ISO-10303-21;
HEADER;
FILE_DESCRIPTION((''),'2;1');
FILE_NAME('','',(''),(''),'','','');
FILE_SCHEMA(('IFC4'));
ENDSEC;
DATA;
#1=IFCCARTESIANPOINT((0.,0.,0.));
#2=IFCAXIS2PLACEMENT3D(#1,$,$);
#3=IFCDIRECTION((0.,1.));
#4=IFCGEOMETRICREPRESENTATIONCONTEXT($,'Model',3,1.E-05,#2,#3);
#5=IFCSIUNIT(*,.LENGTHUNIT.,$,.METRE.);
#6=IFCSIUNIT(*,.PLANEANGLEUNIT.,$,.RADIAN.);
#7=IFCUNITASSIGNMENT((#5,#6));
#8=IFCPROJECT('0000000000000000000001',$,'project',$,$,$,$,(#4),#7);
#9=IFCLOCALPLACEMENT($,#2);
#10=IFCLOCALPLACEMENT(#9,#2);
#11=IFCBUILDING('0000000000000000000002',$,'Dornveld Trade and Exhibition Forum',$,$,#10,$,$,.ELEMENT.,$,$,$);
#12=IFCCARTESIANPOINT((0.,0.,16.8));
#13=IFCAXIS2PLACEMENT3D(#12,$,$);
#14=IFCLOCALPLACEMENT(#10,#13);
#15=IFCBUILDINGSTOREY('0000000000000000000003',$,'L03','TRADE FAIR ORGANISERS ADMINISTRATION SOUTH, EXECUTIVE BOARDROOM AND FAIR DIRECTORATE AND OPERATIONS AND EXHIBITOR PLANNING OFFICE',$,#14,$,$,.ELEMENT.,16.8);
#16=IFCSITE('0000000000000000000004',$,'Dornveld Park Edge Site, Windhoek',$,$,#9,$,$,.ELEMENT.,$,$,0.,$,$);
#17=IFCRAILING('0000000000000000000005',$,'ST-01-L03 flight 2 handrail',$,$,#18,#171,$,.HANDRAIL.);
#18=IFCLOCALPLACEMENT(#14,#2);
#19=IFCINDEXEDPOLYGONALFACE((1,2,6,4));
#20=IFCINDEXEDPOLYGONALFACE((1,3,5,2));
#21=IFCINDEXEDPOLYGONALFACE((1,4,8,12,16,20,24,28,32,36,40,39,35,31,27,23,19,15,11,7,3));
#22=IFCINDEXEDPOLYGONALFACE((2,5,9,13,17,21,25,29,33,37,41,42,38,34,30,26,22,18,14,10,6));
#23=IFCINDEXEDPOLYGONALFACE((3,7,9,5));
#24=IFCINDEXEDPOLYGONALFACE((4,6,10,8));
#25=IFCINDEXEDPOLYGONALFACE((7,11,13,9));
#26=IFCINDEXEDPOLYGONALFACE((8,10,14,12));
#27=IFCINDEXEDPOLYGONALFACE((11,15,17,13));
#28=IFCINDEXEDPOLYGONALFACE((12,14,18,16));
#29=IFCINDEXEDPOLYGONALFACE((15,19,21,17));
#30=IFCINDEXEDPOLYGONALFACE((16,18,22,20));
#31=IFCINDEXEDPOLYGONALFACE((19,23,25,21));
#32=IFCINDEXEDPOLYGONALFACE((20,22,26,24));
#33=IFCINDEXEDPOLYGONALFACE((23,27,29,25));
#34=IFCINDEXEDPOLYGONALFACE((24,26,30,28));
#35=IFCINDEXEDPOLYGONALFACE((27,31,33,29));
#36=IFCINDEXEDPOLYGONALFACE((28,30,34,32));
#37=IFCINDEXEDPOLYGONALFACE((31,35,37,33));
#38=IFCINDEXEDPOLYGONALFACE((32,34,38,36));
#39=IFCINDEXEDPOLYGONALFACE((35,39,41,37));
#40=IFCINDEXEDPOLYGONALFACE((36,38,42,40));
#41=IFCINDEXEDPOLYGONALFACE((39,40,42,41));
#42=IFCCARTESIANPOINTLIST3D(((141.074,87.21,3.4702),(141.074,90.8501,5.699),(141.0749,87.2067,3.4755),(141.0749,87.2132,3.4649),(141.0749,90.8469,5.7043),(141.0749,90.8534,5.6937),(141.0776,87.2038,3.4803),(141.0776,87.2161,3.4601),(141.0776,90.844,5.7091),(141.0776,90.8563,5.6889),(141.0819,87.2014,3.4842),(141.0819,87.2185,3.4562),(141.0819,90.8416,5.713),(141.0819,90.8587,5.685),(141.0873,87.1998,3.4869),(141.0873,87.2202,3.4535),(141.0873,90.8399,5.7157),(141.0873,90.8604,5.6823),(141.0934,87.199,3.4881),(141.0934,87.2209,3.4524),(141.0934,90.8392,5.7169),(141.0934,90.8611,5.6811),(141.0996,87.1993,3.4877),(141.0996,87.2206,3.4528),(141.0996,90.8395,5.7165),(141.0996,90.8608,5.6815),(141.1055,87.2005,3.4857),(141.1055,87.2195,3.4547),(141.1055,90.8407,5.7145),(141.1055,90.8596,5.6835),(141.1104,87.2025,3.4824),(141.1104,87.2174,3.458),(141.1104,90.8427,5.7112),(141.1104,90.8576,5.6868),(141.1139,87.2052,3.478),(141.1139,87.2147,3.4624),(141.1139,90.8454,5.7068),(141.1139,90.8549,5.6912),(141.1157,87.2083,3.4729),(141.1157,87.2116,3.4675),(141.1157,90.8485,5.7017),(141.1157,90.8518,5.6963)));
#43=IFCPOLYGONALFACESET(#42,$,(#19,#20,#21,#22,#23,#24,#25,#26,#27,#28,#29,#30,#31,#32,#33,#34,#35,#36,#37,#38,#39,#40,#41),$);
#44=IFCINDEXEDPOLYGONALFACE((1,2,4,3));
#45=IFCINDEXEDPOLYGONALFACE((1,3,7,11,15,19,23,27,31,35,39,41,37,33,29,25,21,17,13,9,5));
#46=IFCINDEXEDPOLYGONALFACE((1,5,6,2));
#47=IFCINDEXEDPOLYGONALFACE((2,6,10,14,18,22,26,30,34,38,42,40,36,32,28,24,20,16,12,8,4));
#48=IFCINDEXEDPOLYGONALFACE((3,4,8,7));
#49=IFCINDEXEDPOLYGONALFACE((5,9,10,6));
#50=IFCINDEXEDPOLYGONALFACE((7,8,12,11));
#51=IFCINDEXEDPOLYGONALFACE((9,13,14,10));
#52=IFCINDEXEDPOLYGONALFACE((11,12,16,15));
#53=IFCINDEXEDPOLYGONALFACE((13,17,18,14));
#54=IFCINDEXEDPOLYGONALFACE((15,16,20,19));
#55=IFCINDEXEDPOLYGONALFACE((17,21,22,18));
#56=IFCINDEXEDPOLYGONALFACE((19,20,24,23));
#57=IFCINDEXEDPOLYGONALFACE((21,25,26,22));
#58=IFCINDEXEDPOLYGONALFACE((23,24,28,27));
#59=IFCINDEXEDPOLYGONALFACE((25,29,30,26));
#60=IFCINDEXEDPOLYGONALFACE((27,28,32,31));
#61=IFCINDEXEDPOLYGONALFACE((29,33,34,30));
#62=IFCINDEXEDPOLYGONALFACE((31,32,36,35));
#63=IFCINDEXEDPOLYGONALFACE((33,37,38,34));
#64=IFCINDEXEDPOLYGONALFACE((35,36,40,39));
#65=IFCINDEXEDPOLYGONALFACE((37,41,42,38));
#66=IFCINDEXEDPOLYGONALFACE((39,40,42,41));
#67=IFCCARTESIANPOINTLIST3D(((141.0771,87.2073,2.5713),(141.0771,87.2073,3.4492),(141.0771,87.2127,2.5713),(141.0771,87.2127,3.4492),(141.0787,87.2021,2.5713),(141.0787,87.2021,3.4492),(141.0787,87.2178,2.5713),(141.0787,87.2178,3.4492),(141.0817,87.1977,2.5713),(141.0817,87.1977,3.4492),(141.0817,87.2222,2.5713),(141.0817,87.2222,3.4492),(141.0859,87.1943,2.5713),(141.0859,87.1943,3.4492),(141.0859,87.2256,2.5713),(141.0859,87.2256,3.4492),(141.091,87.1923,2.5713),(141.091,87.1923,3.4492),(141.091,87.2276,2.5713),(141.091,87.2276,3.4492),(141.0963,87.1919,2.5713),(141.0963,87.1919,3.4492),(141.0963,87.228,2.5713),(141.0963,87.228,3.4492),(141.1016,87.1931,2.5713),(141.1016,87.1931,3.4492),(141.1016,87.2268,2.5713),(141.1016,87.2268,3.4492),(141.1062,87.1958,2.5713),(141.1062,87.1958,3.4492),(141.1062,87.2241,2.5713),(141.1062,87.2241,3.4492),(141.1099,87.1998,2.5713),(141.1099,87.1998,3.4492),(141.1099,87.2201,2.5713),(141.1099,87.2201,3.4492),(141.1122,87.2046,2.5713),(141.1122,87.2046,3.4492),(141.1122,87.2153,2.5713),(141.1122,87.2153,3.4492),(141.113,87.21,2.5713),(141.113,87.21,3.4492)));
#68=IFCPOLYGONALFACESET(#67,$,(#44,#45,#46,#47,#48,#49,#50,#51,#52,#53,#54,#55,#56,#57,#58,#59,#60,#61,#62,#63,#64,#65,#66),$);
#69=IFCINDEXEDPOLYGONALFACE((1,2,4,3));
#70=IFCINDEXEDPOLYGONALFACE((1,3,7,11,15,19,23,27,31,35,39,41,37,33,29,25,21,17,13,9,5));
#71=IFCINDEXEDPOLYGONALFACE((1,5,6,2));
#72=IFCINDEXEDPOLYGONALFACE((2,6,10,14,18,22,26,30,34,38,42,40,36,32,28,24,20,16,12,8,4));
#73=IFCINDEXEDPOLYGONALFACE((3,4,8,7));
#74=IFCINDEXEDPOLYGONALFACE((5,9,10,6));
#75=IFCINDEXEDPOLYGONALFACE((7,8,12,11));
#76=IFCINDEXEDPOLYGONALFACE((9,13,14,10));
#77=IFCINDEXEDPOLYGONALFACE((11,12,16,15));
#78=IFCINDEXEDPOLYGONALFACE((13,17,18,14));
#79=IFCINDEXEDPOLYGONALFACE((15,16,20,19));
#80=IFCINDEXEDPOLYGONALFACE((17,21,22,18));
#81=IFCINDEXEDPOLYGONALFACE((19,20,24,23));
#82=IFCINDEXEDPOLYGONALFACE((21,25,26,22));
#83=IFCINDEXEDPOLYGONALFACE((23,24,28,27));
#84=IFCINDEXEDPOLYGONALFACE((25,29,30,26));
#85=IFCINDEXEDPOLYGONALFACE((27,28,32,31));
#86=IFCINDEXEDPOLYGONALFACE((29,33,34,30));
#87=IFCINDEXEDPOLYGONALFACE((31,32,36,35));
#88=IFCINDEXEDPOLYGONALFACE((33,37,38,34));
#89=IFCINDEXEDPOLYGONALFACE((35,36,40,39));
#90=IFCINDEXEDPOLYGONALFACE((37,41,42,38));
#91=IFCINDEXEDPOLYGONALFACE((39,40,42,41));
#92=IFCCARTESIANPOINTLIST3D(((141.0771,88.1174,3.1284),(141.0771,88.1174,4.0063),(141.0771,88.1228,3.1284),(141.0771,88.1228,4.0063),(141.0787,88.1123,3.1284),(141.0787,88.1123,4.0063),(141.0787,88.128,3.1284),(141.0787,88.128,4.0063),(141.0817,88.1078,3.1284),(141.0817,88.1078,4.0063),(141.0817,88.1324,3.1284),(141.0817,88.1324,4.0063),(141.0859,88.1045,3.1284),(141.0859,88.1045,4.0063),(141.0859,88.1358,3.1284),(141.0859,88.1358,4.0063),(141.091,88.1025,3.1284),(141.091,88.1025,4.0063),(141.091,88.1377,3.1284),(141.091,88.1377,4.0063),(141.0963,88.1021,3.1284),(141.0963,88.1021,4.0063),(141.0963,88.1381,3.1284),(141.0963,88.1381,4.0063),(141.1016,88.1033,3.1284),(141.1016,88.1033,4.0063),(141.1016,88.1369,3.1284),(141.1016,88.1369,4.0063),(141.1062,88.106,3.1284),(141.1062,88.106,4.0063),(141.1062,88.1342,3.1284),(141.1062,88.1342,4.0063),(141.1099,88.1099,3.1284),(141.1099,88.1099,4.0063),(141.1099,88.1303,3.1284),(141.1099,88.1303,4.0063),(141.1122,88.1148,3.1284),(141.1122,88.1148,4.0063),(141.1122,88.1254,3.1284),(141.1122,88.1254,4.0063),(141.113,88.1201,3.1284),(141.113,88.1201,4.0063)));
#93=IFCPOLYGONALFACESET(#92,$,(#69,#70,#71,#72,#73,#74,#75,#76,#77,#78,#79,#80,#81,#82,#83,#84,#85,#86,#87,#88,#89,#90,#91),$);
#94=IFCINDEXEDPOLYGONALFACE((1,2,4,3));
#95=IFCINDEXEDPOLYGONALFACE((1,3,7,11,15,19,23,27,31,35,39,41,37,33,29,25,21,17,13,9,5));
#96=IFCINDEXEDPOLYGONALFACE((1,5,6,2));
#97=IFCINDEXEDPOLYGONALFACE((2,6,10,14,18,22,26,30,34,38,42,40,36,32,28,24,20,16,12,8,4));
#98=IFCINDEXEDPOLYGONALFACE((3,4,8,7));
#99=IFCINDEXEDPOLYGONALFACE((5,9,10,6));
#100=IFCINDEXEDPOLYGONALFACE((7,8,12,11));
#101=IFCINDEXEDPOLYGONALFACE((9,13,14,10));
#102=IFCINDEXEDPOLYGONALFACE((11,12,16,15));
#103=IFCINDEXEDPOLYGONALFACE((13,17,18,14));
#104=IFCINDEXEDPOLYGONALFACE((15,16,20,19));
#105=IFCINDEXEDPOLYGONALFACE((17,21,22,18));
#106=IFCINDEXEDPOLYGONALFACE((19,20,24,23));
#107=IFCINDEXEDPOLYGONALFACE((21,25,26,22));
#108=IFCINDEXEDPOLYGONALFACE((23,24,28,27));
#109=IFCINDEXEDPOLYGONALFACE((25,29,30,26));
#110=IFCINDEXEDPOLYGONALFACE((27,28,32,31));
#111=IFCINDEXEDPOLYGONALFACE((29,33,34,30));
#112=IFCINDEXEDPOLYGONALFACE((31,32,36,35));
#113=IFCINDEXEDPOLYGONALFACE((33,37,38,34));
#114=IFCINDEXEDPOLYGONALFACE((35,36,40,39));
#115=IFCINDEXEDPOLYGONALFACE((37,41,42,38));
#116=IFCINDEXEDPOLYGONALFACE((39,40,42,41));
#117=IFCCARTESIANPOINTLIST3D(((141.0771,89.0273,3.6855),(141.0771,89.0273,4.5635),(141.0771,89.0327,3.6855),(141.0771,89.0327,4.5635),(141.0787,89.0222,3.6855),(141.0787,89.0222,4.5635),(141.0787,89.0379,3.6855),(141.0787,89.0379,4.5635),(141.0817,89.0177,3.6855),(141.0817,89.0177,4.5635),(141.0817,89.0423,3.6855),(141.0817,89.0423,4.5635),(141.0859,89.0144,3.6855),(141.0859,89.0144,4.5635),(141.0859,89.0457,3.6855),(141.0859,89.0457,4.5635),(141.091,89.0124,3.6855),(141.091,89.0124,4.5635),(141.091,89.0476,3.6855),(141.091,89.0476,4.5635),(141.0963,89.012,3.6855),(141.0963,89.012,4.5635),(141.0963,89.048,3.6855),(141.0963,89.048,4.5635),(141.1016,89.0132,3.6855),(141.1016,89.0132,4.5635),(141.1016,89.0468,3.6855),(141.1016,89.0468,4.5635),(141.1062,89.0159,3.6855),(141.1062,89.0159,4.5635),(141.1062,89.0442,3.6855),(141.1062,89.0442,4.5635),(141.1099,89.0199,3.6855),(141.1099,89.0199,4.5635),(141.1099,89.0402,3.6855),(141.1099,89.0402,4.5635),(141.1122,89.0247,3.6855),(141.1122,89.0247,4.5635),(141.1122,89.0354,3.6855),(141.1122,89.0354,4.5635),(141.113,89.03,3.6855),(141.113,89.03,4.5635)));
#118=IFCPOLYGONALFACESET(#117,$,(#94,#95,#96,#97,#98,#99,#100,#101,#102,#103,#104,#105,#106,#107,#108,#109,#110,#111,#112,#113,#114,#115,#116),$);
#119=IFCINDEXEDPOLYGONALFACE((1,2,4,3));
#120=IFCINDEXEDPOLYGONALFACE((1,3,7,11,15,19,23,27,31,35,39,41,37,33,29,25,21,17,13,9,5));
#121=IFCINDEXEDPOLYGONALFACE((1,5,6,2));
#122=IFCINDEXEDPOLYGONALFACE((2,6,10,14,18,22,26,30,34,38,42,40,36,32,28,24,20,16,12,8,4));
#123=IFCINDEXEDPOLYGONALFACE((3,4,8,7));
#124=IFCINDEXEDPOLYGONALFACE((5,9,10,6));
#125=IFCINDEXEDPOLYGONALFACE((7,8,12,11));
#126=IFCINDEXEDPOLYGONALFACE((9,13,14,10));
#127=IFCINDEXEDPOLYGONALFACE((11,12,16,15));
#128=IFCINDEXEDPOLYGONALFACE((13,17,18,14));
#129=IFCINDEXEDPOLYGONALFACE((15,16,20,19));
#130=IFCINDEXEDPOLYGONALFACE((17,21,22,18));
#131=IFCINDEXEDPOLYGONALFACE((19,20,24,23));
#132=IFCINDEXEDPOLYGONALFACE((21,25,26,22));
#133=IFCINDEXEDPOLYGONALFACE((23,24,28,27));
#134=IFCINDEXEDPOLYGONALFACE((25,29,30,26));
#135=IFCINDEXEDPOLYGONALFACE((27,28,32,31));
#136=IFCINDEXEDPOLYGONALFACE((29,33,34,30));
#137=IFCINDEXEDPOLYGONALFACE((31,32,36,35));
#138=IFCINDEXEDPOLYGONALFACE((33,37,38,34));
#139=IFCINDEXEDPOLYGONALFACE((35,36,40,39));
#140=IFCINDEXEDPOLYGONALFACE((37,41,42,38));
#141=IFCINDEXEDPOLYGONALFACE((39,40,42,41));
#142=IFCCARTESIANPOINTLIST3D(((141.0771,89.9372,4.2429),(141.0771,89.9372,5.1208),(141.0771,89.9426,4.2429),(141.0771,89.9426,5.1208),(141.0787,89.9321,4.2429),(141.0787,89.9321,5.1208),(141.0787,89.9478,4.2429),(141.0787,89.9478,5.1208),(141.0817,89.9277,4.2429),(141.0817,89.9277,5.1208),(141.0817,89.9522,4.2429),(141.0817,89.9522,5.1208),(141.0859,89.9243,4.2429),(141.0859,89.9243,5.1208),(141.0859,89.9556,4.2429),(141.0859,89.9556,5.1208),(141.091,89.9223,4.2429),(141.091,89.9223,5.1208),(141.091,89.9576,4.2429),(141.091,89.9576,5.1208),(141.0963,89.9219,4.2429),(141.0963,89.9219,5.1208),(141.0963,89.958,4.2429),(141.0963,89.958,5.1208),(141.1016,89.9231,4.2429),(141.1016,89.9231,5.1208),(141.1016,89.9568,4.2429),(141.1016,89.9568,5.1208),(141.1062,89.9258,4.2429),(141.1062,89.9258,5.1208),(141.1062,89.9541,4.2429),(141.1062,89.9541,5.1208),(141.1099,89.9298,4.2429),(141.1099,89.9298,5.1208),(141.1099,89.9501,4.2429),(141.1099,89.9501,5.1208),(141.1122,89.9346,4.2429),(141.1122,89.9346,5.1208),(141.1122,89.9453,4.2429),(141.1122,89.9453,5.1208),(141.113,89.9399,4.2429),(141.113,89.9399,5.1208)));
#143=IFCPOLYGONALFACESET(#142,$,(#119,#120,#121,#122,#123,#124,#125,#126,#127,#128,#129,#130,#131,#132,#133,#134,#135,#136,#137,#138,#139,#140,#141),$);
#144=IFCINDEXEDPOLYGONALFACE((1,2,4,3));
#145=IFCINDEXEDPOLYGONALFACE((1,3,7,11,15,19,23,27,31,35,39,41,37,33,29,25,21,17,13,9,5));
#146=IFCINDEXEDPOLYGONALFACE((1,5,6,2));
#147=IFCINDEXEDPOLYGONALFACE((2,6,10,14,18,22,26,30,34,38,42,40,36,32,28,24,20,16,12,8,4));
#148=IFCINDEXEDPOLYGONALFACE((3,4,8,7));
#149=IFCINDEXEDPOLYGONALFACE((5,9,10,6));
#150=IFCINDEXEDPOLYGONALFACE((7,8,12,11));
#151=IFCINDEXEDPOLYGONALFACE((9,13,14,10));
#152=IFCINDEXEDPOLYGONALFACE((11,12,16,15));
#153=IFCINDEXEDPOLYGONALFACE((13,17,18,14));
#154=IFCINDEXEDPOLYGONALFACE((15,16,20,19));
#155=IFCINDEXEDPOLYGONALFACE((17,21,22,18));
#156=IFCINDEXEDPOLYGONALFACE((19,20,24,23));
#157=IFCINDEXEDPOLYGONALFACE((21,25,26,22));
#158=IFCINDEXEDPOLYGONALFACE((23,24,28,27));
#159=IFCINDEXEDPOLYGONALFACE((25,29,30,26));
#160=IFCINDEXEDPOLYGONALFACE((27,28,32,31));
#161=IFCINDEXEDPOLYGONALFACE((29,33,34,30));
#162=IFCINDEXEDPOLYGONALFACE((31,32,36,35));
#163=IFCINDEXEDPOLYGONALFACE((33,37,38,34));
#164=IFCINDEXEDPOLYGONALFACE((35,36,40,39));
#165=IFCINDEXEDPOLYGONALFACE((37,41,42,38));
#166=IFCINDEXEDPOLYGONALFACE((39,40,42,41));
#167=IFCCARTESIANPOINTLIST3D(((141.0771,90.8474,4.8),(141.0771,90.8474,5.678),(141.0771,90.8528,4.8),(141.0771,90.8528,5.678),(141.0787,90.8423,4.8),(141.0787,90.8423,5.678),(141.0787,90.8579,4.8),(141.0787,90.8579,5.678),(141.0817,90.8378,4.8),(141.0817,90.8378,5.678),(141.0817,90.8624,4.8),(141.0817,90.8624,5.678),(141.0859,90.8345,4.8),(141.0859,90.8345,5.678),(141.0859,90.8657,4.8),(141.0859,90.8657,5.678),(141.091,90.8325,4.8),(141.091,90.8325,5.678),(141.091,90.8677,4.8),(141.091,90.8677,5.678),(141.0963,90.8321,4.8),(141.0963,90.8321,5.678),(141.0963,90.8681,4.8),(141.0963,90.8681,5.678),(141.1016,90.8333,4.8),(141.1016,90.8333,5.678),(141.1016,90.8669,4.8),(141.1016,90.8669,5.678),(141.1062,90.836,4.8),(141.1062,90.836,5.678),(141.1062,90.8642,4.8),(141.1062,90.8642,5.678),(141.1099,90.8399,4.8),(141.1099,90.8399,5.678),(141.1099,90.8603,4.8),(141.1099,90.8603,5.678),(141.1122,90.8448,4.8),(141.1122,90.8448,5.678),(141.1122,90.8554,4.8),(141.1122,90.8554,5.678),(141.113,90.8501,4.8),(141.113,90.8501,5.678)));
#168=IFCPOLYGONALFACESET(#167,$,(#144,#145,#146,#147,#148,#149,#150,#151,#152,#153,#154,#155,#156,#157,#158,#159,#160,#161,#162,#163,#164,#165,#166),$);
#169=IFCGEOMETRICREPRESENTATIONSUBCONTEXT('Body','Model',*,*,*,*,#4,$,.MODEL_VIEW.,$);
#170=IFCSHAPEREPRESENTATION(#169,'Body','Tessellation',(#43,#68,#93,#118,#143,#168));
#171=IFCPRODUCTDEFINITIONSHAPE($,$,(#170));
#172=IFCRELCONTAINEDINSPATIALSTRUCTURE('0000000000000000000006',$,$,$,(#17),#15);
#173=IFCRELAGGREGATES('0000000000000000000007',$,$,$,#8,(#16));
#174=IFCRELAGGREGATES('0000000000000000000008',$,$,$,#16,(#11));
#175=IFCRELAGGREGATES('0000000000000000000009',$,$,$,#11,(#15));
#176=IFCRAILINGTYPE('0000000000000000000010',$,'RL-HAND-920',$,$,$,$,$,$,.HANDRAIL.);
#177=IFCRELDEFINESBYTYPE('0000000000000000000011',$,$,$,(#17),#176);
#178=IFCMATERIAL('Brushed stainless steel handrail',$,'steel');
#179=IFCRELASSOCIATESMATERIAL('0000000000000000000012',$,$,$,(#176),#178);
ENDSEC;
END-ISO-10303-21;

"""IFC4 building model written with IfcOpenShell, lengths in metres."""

from ifc_helpers import new_model, si_unit, direction, frame, origin, origin_2d, place, context, subcontext, project, spatial, circle, extrude, material, type_object, element, save


model = new_model("IFC4")

# Units and contexts
model_context = context("Model", 3, precision=1e-05, world=origin(), true_north=direction((0.0, 1.0)))
body_context = subcontext(model_context, "Body", "Model", "MODEL_VIEW")
ifc_project = project(units=[si_unit("LENGTHUNIT", "METRE"), si_unit("PLANEANGLEUNIT", "RADIAN")], contexts=[model_context])

# Site, building, storey
site_placement = place(None, origin())
site = spatial("IfcSite", under=ifc_project, at=site_placement, Name="Dornveld Park Edge Site, Windhoek", CompositionType="ELEMENT", RefElevation=0.0)
building_placement = place(site_placement, origin())
building = spatial("IfcBuilding", under=site, at=building_placement, Name="Dornveld Trade and Exhibition Forum", CompositionType="ELEMENT")
storey_placement = place(building_placement, frame((0.0, 0.0, 16.8)))
storey = spatial("IfcBuildingStorey", under=building, at=storey_placement, Name="L03", Description="TRADE FAIR ORGANISERS ADMINISTRATION SOUTH, EXECUTIVE BOARDROOM AND FAIR DIRECTORATE AND OPERATIONS AND EXHIBITOR PLANNING OFFICE", CompositionType="ELEMENT", Elevation=16.8)

# Railing
ifc_material_1 = material(Name="Brushed stainless steel handrail", Category="steel")
railing_type_1 = type_object("IfcRailingType", Name="RL-HAND-920", PredefinedType="HANDRAIL", material=ifc_material_1)
railing_1_placement = place(storey_placement, frame((141.095, 87.21, 2.5713)))
element("IfcRailing", 1, at=railing_1_placement, inside=storey, type_object=railing_type_1, Name="ST-01-L03 flight 2 handrail", PredefinedType="HANDRAIL", context=body_context, shape_type="SweptSolid", body=[
    extrude(circle(Radius=0.021, at=origin_2d()), frame((0.0, 0.0, 0.8989), z_axis=(0.0, 0.85284, 0.522172), x_axis=(-1.0, 0.0, 0.0)), (0.0, 0.0, 1.0), 4.2683),
    extrude(circle(Radius=0.0181, at=origin_2d()), origin(), (0.0, 0.0, 1.0), 0.8779),
    extrude(circle(Radius=0.0181, at=origin_2d()), frame((0.0, 0.9102, 0.5571)), (0.0, 0.0, 1.0), 0.8779),
    extrude(circle(Radius=0.0181, at=origin_2d()), frame((0.0, 1.8201, 1.1143)), (0.0, 0.0, 1.0), 0.8779),
    extrude(circle(Radius=0.0181, at=origin_2d()), frame((0.0, 2.73, 1.6716)), (0.0, 0.0, 1.0), 0.8779),
    extrude(circle(Radius=0.0181, at=origin_2d()), frame((0.0, 3.6401, 2.2288)), (0.0, 0.0, 1.0), 0.8779),
])

save(model, "model.ifc")
